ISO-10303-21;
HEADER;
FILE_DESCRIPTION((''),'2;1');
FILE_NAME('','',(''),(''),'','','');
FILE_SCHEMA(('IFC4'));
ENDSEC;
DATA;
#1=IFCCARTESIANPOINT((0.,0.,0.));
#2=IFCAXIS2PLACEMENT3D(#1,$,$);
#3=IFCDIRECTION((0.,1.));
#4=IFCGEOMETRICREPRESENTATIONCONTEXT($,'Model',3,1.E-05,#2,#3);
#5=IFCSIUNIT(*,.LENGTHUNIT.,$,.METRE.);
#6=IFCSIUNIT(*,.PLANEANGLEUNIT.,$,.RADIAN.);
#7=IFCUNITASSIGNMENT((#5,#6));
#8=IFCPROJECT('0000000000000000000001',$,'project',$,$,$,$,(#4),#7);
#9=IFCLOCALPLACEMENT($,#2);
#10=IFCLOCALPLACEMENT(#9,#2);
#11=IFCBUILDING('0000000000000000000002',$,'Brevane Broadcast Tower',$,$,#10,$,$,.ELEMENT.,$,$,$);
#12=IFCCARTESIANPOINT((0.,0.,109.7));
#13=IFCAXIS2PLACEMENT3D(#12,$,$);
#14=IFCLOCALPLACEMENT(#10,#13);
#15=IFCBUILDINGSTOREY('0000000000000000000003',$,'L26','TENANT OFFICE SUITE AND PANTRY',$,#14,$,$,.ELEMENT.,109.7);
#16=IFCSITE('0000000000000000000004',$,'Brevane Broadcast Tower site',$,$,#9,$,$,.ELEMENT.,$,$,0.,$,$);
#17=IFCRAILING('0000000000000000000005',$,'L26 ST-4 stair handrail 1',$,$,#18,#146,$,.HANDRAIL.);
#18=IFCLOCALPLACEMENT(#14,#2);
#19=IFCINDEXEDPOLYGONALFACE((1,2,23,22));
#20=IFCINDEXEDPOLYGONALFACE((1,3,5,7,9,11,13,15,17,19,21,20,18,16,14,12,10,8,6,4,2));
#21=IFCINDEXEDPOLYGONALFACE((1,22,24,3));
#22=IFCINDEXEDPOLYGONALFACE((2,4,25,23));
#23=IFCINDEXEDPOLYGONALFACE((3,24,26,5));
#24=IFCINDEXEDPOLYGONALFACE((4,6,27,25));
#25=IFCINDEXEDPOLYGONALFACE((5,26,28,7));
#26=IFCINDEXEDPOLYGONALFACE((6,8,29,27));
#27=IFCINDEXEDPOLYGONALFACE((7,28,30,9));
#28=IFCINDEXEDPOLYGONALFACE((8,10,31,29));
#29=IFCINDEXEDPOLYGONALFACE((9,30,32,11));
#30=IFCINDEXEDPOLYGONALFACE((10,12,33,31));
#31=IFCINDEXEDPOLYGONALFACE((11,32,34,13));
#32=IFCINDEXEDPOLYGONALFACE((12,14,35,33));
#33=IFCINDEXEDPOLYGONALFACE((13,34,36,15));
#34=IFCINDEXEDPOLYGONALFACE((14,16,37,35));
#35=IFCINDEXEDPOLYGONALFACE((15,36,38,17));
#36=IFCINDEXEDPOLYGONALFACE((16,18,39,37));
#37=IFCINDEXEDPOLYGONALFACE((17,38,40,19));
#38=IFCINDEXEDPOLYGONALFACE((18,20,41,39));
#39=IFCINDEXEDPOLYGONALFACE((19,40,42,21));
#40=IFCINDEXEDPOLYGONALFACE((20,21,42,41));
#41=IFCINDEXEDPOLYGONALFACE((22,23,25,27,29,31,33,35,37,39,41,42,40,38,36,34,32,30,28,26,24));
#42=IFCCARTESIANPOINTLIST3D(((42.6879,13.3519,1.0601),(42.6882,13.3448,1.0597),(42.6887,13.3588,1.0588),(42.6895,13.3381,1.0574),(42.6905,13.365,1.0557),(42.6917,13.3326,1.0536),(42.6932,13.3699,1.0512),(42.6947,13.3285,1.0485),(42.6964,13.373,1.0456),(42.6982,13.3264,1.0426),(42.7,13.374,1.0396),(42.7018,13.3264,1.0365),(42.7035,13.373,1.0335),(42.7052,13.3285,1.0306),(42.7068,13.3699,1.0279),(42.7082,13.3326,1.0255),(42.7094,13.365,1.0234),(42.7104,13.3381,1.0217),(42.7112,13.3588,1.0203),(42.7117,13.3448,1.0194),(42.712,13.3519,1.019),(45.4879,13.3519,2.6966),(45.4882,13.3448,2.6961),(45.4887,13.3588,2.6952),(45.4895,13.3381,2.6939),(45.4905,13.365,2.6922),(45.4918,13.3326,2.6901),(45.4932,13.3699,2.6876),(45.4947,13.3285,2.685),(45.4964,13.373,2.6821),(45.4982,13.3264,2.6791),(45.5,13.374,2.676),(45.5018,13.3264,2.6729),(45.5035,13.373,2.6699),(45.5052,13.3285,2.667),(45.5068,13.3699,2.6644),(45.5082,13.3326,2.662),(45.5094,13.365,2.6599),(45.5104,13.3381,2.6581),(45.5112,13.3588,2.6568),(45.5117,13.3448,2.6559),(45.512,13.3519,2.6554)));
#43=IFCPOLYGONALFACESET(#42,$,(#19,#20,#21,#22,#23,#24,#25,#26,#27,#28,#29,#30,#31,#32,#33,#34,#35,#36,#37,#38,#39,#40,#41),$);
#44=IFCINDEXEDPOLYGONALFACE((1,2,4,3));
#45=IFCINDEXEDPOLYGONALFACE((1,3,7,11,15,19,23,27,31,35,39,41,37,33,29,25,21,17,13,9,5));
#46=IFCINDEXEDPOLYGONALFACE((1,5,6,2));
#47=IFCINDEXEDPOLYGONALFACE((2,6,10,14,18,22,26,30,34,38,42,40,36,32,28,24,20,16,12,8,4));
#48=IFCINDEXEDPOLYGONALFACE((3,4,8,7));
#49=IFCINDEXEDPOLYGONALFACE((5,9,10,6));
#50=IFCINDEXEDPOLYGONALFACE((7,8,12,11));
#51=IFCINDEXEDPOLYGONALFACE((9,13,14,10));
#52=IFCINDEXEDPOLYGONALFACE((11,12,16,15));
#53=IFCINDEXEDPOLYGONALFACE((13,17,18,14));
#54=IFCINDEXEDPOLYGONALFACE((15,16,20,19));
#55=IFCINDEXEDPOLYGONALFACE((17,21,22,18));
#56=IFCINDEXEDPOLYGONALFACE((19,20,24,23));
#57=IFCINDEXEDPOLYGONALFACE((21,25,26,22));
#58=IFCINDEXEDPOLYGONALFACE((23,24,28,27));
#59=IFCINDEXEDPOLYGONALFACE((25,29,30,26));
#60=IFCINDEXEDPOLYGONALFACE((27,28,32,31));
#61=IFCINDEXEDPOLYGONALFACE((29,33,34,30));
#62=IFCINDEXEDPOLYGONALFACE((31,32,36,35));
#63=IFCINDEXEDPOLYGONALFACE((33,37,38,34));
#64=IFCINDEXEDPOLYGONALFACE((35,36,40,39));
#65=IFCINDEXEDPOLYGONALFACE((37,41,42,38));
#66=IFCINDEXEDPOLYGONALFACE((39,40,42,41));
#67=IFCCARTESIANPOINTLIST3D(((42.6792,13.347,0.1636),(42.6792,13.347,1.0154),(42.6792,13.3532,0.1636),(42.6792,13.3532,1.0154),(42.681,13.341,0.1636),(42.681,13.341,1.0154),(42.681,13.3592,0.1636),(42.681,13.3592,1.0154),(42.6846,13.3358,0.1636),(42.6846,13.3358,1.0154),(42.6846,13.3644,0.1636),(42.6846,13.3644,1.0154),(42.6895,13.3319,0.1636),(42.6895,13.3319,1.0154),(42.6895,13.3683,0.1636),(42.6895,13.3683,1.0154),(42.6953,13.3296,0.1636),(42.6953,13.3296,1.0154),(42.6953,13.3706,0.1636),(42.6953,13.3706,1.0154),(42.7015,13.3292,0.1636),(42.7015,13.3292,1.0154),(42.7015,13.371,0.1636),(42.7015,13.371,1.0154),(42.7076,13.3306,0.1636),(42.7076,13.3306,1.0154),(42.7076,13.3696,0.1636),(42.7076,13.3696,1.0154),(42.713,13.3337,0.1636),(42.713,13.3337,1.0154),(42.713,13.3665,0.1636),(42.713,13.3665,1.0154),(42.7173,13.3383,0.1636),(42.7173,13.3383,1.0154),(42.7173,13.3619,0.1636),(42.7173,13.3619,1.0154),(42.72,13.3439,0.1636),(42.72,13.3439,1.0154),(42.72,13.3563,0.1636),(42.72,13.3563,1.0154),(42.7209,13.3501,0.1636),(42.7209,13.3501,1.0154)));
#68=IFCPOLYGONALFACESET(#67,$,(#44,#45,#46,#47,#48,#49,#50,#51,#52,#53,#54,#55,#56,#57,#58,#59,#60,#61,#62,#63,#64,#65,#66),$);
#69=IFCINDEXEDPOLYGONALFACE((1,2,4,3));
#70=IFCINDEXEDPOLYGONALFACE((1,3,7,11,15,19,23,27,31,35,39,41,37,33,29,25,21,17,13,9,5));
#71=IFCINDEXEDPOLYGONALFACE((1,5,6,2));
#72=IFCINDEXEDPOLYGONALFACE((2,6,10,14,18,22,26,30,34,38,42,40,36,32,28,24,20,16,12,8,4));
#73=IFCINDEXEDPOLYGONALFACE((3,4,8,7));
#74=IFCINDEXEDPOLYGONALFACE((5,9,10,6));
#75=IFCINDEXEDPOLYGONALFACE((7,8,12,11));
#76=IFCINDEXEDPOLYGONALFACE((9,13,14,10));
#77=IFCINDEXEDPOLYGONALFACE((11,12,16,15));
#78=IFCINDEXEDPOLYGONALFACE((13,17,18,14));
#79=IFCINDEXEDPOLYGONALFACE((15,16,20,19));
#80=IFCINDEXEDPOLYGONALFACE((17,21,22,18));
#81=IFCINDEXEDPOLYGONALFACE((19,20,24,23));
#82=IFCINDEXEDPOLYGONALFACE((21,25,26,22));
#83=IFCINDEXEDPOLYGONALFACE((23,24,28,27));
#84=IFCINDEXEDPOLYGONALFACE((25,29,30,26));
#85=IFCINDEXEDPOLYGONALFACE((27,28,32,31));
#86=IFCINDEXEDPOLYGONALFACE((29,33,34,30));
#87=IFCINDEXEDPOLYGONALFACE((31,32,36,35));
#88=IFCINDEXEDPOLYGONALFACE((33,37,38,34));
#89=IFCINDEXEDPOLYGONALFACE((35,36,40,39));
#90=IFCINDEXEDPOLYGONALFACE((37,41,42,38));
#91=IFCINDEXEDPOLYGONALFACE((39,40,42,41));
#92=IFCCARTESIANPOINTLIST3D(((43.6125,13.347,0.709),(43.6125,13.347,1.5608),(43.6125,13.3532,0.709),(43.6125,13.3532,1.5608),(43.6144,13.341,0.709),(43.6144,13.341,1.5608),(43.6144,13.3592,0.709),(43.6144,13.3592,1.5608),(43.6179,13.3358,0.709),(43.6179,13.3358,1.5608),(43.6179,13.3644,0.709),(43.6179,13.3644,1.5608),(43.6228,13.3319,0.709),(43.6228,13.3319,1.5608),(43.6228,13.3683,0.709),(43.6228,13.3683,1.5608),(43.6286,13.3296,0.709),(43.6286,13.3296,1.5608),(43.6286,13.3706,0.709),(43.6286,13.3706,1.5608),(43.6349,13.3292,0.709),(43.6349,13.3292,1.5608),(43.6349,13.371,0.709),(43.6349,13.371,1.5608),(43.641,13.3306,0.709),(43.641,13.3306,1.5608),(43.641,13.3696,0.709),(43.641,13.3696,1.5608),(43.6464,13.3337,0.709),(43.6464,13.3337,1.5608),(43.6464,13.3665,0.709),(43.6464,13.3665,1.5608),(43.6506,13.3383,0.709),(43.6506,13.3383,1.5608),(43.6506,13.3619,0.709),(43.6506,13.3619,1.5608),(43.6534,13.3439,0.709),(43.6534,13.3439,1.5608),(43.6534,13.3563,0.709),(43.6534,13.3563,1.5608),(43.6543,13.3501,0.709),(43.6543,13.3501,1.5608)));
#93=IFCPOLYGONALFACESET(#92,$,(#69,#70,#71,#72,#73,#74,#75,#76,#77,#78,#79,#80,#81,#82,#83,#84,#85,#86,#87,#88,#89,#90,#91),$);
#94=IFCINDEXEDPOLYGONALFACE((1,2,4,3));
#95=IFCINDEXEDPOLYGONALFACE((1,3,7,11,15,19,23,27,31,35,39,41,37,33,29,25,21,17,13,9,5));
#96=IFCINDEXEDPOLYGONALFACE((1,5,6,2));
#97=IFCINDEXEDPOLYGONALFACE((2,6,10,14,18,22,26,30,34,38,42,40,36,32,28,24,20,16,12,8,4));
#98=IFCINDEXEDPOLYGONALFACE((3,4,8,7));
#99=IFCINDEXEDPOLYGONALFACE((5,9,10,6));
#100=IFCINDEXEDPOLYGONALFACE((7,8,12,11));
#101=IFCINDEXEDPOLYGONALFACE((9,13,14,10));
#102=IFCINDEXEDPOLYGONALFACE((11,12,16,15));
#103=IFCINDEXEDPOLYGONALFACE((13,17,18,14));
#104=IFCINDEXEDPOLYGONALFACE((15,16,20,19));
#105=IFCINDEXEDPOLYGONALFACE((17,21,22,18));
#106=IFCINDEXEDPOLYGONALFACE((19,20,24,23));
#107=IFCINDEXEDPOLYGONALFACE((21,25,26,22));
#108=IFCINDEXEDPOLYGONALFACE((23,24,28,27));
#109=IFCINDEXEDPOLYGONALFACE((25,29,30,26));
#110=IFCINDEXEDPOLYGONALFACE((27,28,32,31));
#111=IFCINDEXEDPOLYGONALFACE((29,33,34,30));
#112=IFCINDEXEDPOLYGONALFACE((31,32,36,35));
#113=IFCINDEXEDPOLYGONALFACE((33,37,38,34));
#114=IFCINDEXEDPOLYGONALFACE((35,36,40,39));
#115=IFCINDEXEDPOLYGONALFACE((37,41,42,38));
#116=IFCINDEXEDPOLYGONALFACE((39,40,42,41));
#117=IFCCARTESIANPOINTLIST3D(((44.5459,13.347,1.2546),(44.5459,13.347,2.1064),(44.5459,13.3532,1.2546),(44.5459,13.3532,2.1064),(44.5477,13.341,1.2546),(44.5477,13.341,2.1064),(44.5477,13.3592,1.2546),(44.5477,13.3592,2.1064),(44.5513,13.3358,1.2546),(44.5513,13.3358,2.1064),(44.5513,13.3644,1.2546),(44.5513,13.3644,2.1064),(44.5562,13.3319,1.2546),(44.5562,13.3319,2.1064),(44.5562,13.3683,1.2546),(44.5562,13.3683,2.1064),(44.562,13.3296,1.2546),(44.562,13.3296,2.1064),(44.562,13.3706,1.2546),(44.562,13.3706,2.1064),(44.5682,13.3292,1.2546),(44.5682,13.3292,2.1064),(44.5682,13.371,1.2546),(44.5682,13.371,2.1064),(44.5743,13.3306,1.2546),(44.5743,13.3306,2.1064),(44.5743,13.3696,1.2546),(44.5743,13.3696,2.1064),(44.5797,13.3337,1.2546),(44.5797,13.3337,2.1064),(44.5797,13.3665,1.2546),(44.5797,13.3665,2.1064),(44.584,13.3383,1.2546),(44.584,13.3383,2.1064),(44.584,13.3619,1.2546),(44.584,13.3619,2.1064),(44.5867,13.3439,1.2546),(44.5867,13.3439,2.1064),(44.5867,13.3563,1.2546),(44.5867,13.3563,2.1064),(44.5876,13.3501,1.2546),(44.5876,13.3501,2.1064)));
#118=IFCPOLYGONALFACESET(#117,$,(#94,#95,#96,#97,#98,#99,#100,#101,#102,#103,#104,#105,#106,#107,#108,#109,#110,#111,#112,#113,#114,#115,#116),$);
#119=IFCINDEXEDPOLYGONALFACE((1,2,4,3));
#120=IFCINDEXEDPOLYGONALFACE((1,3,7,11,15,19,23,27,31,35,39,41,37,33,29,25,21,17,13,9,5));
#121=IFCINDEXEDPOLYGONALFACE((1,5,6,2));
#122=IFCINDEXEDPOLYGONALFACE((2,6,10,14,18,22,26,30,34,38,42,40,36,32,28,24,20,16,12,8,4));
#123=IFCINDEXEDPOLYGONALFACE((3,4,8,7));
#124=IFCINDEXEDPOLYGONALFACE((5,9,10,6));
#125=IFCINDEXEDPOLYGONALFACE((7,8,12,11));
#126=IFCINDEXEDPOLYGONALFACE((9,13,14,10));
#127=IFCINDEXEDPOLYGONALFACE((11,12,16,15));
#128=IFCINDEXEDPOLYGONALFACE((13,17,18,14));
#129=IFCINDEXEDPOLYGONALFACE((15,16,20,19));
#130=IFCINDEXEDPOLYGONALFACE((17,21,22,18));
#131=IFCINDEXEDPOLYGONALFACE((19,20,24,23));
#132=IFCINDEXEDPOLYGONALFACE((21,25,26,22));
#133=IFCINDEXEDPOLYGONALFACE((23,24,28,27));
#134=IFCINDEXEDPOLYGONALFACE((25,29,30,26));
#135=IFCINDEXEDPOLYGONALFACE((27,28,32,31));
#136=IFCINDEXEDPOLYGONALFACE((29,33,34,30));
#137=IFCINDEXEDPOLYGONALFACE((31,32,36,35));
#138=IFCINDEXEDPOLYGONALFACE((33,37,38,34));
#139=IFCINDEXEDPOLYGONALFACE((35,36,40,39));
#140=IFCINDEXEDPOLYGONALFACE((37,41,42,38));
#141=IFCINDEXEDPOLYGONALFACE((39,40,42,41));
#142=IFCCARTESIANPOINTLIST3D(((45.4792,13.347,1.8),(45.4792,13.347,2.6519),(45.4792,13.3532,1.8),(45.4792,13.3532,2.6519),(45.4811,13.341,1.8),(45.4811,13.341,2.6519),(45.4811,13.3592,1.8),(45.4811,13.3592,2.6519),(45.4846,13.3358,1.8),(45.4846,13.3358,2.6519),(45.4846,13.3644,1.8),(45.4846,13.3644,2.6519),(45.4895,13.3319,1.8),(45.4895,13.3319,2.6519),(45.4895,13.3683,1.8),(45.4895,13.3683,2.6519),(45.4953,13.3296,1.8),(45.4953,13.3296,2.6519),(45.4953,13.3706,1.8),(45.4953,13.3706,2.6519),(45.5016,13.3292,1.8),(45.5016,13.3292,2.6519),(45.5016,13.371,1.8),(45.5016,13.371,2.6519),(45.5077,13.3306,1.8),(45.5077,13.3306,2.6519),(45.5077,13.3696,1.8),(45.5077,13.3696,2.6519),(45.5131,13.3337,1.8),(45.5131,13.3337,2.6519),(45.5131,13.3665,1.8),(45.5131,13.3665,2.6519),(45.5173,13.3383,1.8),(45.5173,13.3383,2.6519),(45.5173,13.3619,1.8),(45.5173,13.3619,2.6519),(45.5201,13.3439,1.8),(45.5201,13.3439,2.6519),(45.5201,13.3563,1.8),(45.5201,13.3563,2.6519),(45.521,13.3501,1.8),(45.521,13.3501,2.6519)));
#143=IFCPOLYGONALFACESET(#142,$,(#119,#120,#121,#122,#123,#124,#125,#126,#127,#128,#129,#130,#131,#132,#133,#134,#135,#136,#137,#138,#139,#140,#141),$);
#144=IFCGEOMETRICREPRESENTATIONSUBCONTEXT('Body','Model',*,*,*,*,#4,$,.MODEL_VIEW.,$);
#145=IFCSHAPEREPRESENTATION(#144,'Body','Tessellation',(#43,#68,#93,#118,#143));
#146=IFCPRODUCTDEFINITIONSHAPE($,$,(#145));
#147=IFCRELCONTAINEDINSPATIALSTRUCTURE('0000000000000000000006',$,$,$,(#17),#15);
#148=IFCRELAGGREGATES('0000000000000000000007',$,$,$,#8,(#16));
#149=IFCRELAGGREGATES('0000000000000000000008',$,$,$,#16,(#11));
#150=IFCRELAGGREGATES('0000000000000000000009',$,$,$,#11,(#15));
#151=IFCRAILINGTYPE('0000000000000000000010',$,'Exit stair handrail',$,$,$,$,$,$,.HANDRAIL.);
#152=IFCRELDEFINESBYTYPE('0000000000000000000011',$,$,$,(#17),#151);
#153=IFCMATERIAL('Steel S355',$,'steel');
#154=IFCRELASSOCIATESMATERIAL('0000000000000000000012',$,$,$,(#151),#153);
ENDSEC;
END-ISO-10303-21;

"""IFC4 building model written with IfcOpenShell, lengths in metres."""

from ifc_helpers import new_model, si_unit, direction, frame, origin, origin_2d, place, context, subcontext, project, spatial, circle, extrude, material, type_object, element, save


model = new_model("IFC4")

# Units and contexts
model_context = context("Model", 3, precision=1e-05, world=origin(), true_north=direction((0.0, 1.0)))
body_context = subcontext(model_context, "Body", "Model", "MODEL_VIEW")
ifc_project = project(units=[si_unit("LENGTHUNIT", "METRE"), si_unit("PLANEANGLEUNIT", "RADIAN")], contexts=[model_context])

# Site, building, storey
site_placement = place(None, origin())
site = spatial("IfcSite", under=ifc_project, at=site_placement, Name="Brevane Broadcast Tower site", CompositionType="ELEMENT", RefElevation=0.0)
building_placement = place(site_placement, origin())
building = spatial("IfcBuilding", under=site, at=building_placement, Name="Brevane Broadcast Tower", CompositionType="ELEMENT")
storey_placement = place(building_placement, frame((0.0, 0.0, 109.7)))
storey = spatial("IfcBuildingStorey", under=building, at=storey_placement, Name="L26", Description="TENANT OFFICE SUITE AND PANTRY", CompositionType="ELEMENT", Elevation=109.7)

# Railing
ifc_material_1 = material(Name="Steel S355", Category="steel")
railing_type_1 = type_object("IfcRailingType", Name="Exit stair handrail", PredefinedType="HANDRAIL", material=ifc_material_1)
railing_1_placement = place(storey_placement, frame((42.7, 13.3501, 0.1636)))
element("IfcRailing", 1, at=railing_1_placement, inside=storey, type_object=railing_type_1, Name="L26 ST-4 stair handrail 1", PredefinedType="HANDRAIL", context=body_context, shape_type="SweptSolid", body=[
    extrude(circle(Radius=0.0239, at=origin_2d()), frame((0.0, 0.0, 0.876), z_axis=(0.863361, 0.0, 0.504587), x_axis=(0.0, 1.0, 0.0)), (0.0, 0.0, 1.0), 3.2432),
    extrude(circle(Radius=0.021, at=origin_2d()), origin(), (0.0, 0.0, 1.0), 0.8518),
    extrude(circle(Radius=0.021, at=origin_2d()), frame((0.9333, 0.0, 0.5454)), (0.0, 0.0, 1.0), 0.8518),
    extrude(circle(Radius=0.021, at=origin_2d()), frame((1.8667, 0.0, 1.0911)), (0.0, 0.0, 1.0), 0.8518),
    extrude(circle(Radius=0.021, at=origin_2d()), frame((2.8, 0.0, 1.6365)), (0.0, 0.0, 1.0), 0.8518),
])

save(model, "model.ifc")
